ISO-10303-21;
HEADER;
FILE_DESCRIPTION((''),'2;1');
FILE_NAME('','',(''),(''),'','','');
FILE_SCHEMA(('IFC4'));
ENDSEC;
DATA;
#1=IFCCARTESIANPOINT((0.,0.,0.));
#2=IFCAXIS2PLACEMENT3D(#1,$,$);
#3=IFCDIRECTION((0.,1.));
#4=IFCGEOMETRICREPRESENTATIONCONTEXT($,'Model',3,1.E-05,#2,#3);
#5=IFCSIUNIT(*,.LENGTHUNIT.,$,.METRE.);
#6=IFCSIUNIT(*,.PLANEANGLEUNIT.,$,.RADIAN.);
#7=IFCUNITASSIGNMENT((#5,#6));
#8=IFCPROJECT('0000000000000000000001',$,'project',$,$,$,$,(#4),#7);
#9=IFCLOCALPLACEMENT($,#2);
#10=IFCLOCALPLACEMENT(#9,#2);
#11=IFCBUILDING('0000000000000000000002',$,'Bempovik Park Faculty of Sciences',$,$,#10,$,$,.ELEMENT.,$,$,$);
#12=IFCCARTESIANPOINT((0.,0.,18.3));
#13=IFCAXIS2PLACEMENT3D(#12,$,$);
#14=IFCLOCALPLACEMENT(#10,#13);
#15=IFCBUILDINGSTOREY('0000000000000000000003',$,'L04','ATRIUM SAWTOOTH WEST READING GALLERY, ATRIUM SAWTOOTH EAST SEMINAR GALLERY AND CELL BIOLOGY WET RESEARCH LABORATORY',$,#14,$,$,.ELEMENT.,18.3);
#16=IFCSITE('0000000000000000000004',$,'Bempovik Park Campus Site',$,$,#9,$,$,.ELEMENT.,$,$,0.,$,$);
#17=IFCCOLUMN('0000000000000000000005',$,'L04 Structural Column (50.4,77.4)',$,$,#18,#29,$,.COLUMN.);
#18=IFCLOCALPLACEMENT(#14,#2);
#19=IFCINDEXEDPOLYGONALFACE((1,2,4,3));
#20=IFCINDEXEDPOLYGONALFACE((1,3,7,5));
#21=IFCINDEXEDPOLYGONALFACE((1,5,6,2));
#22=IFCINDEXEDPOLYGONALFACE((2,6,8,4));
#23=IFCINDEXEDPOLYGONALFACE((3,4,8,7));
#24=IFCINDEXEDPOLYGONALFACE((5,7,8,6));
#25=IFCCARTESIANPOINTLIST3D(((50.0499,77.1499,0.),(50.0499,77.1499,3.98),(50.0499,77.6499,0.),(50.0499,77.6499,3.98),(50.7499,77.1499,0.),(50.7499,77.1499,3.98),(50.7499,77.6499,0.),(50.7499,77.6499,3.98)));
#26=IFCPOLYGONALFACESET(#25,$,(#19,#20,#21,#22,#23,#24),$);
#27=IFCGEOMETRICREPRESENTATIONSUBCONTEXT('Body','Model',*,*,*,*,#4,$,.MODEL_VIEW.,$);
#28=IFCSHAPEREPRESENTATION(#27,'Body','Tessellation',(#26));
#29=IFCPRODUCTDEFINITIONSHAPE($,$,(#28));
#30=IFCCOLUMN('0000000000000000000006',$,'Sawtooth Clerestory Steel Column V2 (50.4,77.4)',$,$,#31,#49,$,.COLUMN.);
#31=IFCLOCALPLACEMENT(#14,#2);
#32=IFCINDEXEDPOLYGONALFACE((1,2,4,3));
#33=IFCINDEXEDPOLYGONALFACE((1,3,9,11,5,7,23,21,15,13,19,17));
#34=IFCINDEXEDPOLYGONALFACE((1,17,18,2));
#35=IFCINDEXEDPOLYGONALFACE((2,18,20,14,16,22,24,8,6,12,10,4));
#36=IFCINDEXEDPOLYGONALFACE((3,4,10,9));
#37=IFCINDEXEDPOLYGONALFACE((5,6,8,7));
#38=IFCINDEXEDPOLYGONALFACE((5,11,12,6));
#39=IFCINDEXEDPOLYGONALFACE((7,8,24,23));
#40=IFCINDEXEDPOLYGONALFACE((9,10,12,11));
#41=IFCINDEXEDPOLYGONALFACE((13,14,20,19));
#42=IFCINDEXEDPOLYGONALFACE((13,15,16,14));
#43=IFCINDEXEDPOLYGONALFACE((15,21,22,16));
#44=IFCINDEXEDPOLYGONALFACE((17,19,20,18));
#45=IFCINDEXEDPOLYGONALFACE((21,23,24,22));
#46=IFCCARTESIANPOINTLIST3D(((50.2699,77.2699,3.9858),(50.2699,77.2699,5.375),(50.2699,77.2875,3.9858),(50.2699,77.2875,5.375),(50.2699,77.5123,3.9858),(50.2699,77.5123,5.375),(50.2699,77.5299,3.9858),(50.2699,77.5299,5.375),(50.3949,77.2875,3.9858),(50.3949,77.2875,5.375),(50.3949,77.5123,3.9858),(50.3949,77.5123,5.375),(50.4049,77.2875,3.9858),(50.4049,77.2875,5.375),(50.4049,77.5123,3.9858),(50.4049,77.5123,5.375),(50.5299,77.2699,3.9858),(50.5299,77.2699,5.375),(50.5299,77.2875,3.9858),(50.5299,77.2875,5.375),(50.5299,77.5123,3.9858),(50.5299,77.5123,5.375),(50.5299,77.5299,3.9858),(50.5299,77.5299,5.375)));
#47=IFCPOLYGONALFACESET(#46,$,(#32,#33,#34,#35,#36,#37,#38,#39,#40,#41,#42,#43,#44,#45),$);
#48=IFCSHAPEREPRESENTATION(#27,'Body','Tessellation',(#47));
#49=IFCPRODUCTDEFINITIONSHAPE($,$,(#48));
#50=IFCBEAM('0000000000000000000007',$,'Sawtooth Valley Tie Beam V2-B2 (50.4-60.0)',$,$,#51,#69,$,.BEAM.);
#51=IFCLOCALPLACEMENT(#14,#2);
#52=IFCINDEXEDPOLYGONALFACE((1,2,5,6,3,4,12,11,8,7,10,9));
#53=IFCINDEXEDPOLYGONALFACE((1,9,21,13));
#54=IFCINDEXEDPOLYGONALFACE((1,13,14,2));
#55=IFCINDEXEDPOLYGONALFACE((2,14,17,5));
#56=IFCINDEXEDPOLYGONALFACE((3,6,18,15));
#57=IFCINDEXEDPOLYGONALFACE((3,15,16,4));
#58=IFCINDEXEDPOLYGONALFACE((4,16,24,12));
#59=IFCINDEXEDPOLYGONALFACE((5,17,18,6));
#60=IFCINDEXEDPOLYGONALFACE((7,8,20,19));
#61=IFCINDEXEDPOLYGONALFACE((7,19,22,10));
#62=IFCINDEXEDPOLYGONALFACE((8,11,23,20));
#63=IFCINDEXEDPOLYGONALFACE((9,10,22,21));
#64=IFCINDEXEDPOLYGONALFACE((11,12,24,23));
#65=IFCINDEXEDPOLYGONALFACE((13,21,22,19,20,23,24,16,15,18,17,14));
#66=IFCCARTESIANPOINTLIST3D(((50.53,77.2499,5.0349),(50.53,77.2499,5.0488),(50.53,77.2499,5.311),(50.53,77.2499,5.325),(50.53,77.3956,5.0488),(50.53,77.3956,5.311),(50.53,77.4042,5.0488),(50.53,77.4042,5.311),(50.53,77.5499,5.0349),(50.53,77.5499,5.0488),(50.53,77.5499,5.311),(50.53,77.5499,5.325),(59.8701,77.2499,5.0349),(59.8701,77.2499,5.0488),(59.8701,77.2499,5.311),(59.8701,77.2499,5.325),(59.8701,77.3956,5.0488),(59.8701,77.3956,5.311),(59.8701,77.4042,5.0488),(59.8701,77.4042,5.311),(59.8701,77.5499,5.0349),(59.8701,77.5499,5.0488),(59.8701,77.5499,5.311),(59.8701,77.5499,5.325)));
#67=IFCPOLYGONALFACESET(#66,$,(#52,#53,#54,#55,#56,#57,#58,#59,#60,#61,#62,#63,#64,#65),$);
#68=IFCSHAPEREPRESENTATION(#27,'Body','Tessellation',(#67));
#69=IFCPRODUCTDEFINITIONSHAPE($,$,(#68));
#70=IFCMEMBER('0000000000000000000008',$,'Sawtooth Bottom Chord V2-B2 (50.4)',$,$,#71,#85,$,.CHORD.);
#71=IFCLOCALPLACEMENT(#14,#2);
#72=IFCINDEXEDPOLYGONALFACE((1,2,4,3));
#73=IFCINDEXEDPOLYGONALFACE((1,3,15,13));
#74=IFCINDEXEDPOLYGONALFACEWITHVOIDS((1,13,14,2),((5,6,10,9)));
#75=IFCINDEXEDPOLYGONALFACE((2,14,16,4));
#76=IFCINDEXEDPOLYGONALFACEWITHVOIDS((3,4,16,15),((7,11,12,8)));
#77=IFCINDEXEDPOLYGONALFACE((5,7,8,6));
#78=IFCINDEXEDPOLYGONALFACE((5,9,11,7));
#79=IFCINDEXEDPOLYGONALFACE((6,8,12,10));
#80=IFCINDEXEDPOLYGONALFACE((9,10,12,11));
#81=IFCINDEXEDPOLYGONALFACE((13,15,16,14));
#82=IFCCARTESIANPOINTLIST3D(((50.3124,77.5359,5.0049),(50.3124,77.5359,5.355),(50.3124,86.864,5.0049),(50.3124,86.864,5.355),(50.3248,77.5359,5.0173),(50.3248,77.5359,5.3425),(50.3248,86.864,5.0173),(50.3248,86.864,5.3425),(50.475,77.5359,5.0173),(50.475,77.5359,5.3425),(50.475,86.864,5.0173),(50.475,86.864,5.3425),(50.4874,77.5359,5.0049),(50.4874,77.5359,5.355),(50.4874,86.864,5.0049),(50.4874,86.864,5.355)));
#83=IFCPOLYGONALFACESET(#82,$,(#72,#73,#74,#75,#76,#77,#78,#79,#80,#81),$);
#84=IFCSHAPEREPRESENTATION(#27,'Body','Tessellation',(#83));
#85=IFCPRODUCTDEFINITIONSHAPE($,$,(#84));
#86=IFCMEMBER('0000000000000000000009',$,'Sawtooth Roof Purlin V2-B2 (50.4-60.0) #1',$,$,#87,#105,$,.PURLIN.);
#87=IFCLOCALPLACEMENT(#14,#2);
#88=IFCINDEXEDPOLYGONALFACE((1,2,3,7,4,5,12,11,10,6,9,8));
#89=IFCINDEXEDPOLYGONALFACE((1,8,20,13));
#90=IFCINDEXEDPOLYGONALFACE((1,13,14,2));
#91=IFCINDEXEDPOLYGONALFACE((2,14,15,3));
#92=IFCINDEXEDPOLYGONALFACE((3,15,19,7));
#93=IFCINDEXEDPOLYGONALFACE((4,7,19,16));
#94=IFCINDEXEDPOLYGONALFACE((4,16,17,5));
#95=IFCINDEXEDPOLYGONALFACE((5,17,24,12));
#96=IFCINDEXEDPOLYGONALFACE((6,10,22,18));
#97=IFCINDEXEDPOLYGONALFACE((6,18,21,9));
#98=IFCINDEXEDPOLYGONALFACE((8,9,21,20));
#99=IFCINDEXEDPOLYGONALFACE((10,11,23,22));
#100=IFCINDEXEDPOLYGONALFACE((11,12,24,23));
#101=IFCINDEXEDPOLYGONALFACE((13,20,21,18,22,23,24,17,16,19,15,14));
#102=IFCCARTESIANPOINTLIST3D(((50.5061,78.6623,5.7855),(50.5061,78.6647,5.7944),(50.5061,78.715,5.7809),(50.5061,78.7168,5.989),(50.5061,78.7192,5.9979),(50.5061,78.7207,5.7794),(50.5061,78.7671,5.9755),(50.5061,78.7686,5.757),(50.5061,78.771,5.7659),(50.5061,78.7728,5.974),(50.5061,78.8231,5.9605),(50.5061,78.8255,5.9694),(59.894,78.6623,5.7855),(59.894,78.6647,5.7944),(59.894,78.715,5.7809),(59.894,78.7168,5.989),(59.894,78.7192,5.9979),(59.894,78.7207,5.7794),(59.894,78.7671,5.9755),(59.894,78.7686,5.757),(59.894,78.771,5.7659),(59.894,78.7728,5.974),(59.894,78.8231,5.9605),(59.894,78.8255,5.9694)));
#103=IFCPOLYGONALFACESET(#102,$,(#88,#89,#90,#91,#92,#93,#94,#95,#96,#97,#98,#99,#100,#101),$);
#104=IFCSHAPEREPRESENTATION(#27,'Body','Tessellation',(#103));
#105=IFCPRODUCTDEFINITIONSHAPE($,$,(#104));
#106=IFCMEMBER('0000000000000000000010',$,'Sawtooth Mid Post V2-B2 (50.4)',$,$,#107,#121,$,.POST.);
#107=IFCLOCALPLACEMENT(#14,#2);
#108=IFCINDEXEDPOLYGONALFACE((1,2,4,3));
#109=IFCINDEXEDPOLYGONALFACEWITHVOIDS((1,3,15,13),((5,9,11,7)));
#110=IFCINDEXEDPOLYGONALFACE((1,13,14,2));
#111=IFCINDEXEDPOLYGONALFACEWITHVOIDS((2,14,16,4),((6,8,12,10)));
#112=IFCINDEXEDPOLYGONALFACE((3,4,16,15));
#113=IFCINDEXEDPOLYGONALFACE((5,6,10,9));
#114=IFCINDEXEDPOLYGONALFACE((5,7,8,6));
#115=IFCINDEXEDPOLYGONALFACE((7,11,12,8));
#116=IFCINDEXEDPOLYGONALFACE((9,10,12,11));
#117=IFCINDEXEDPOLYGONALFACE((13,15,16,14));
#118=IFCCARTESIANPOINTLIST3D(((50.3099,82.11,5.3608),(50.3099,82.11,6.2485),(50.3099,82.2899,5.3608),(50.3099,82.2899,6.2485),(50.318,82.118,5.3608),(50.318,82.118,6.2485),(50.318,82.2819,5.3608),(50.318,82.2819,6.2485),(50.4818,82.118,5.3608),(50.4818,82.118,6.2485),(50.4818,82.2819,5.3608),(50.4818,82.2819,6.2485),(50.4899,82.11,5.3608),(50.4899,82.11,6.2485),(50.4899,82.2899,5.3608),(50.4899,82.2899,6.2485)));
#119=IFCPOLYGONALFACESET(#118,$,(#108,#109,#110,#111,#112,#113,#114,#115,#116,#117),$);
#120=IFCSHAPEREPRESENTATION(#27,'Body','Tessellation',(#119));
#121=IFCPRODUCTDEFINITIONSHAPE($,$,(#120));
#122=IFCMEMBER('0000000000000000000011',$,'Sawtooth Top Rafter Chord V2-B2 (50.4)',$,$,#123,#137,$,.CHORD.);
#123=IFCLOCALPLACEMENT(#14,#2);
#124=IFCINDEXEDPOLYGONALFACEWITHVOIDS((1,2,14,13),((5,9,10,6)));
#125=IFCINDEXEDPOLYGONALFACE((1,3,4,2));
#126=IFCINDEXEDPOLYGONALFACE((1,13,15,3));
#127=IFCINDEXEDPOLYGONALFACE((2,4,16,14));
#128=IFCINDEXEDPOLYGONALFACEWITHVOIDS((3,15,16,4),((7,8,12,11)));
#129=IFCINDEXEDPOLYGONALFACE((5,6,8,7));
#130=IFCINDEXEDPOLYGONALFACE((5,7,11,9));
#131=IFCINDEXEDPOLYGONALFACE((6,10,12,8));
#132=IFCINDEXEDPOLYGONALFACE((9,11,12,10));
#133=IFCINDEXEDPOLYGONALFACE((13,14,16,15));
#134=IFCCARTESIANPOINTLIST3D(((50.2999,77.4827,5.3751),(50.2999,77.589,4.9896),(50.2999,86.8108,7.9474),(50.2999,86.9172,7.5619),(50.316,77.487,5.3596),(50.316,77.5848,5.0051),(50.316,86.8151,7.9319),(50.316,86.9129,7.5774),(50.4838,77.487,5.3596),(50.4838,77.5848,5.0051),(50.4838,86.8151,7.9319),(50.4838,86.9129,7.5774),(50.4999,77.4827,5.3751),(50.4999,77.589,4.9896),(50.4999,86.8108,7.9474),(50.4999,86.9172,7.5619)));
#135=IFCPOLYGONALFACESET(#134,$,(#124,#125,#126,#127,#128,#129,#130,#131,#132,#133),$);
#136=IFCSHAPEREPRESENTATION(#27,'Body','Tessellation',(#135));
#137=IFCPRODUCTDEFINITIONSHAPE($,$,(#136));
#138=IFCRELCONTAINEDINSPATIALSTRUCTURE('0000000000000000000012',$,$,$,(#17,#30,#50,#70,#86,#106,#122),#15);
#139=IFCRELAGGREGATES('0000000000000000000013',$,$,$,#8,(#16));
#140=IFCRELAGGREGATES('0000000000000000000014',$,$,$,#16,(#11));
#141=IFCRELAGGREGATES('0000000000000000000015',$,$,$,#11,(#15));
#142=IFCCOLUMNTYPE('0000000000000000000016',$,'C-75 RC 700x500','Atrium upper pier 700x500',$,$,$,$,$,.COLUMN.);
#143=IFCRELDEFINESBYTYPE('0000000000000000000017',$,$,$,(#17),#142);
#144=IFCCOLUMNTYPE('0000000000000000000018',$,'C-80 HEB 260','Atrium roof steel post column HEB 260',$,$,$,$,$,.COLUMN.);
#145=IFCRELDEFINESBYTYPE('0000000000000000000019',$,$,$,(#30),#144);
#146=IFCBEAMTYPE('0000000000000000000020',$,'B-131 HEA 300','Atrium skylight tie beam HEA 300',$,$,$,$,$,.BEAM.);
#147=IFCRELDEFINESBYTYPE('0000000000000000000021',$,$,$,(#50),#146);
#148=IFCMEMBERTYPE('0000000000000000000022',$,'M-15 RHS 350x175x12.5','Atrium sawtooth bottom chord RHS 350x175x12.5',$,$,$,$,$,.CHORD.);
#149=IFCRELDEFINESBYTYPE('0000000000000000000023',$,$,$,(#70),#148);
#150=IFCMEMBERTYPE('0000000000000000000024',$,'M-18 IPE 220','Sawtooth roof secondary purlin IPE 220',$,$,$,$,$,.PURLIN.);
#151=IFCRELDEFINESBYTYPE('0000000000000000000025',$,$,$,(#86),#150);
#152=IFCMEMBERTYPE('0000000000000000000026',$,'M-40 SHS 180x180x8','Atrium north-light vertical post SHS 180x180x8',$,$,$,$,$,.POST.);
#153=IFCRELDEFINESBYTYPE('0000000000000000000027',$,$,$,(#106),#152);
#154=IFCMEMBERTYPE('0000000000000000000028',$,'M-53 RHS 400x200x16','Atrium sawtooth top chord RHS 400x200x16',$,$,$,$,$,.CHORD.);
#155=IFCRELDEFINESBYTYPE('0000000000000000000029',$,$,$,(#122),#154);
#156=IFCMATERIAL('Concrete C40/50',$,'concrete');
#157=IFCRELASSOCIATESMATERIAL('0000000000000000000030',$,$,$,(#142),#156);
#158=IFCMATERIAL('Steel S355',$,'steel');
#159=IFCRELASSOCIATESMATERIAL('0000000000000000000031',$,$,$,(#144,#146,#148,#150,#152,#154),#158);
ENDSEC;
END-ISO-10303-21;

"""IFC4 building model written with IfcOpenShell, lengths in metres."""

from ifc_helpers import new_model, si_unit, direction, frame, origin, origin_2d, place, context, subcontext, project, spatial, rectangle, hollow_rectangle, i_section, extrude, material, material_profile, profile_set, type_object, element, save


model = new_model("IFC4")

# Units and contexts
model_context = context("Model", 3, precision=1e-05, world=origin(), true_north=direction((0.0, 1.0)))
body_context = subcontext(model_context, "Body", "Model", "MODEL_VIEW")
ifc_project = project(units=[si_unit("LENGTHUNIT", "METRE"), si_unit("PLANEANGLEUNIT", "RADIAN")], contexts=[model_context])

# Site, building, storey
site_placement = place(None, origin())
site = spatial("IfcSite", under=ifc_project, at=site_placement, Name="Bempovik Park Campus Site", CompositionType="ELEMENT", RefElevation=0.0)
building_placement = place(site_placement, origin())
building = spatial("IfcBuilding", under=site, at=building_placement, Name="Bempovik Park Faculty of Sciences", CompositionType="ELEMENT")
storey_placement = place(building_placement, frame((0.0, 0.0, 18.3)))
storey = spatial("IfcBuildingStorey", under=building, at=storey_placement, Name="L04", Description="ATRIUM SAWTOOTH WEST READING GALLERY, ATRIUM SAWTOOTH EAST SEMINAR GALLERY AND CELL BIOLOGY WET RESEARCH LABORATORY", CompositionType="ELEMENT", Elevation=18.3)

# Columns
ifc_material_1 = material(Name="Concrete C40/50", Category="concrete")
ifc_material_profile_1 = material_profile(ifc_material_1, rectangle(XDim=0.7, YDim=0.5, at=origin_2d()), Name="RC 700x500")
ifc_profile_set_1 = profile_set([ifc_material_profile_1], Name="Concrete C40/50")
column_type_1 = type_object("IfcColumnType", Name="C-75 RC 700x500", Description="Atrium upper pier 700x500", PredefinedType="COLUMN", material=ifc_profile_set_1)
column_1_placement = place(storey_placement, frame((50.3999, 77.3999, 0.0), z_axis=(0.0, 0.0, 1.0), x_axis=(1.0, 0.0, 0.0)))
element("IfcColumn", 1, at=column_1_placement, inside=storey, type_object=column_type_1, Name="L04 Structural Column (50.4,77.4)", PredefinedType="COLUMN", context=body_context, shape_type="SweptSolid", body=[
    extrude(rectangle(XDim=0.7, YDim=0.5, at=origin_2d()), origin(), (0.0, 0.0, 1.0), 3.98),
])
ifc_material_2 = material(Name="Steel S355", Category="steel")
ifc_material_profile_2 = material_profile(ifc_material_2, i_section(OverallWidth=0.26, OverallDepth=0.26, WebThickness=0.01, FlangeThickness=0.0176, at=origin_2d()), Name="HEB 260")
ifc_profile_set_2 = profile_set([ifc_material_profile_2], Name="Steel S355")
column_type_2 = type_object("IfcColumnType", Name="C-80 HEB 260", Description="Atrium roof steel post column HEB 260", PredefinedType="COLUMN", material=ifc_profile_set_2)
column_2_placement = place(storey_placement, frame((50.3999, 77.3999, 3.9858), z_axis=(0.0, 0.0, 1.0), x_axis=(1.0, 0.0, 0.0)))
element("IfcColumn", 2, at=column_2_placement, inside=storey, type_object=column_type_2, Name="Sawtooth Clerestory Steel Column V2 (50.4,77.4)", PredefinedType="COLUMN", context=body_context, shape_type="SweptSolid", body=[
    extrude(i_section(OverallWidth=0.26, OverallDepth=0.26, WebThickness=0.01, FlangeThickness=0.0176, at=origin_2d()), origin(), (0.0, 0.0, 1.0), 1.3892),
])

# Beam
ifc_material_profile_3 = material_profile(ifc_material_2, i_section(OverallWidth=0.3, OverallDepth=0.29, WebThickness=0.0085, FlangeThickness=0.0139, at=origin_2d()), Name="HEA 300")
ifc_profile_set_3 = profile_set([ifc_material_profile_3], Name="Steel S355")
beam_type = type_object("IfcBeamType", Name="B-131 HEA 300", Description="Atrium skylight tie beam HEA 300", PredefinedType="BEAM", material=ifc_profile_set_3)
beam_placement = place(storey_placement, frame((50.53, 77.3999, 5.1799), z_axis=(1.0, 0.0, 0.0), x_axis=(0.0, 1.0, 0.0)))
element("IfcBeam", 3, at=beam_placement, inside=storey, type_object=beam_type, Name="Sawtooth Valley Tie Beam V2-B2 (50.4-60.0)", PredefinedType="BEAM", context=body_context, shape_type="SweptSolid", body=[
    extrude(i_section(OverallWidth=0.3, OverallDepth=0.29, WebThickness=0.0085, FlangeThickness=0.0139, at=origin_2d()), origin(), (0.0, 0.0, 1.0), 9.3401),
])

# Members
ifc_material_profile_4 = material_profile(ifc_material_2, hollow_rectangle(XDim=0.175, YDim=0.3501, WallThickness=0.0125, at=origin_2d()), Name="RHS 350x175x12.5")
ifc_profile_set_4 = profile_set([ifc_material_profile_4], Name="Steel S355")
member_type_1 = type_object("IfcMemberType", Name="M-15 RHS 350x175x12.5", Description="Atrium sawtooth bottom chord RHS 350x175x12.5", PredefinedType="CHORD", material=ifc_profile_set_4)
member_1_placement = place(storey_placement, frame((50.3999, 77.5359, 5.1799), z_axis=(0.0, 1.0, 0.0), x_axis=(-1.0, 0.0, 0.0)))
element("IfcMember", 4, at=member_1_placement, inside=storey, type_object=member_type_1, Name="Sawtooth Bottom Chord V2-B2 (50.4)", PredefinedType="CHORD", context=body_context, shape_type="SweptSolid", body=[
    extrude(hollow_rectangle(XDim=0.175, YDim=0.3501, WallThickness=0.0125, at=origin_2d()), origin(), (0.0, 0.0, 1.0), 9.3281),
])
ifc_material_profile_5 = material_profile(ifc_material_2, i_section(OverallWidth=0.1101, OverallDepth=0.22, WebThickness=0.0059, FlangeThickness=0.0093, at=origin_2d()), Name="IPE 220")
ifc_profile_set_5 = profile_set([ifc_material_profile_5], Name="Steel S355")
member_type_2 = type_object("IfcMemberType", Name="M-18 IPE 220", Description="Sawtooth roof secondary purlin IPE 220", PredefinedType="PURLIN", material=ifc_profile_set_5)
member_2_placement = place(storey_placement, frame((50.5061, 78.7439, 5.8774), z_axis=(1.0, 0.0, 0.0), x_axis=(0.0, 0.965926, -0.258819)))
element("IfcMember", 5, at=member_2_placement, inside=storey, type_object=member_type_2, Name="Sawtooth Roof Purlin V2-B2 (50.4-60.0) #1", PredefinedType="PURLIN", context=body_context, shape_type="SweptSolid", body=[
    extrude(i_section(OverallWidth=0.1101, OverallDepth=0.22, WebThickness=0.0059, FlangeThickness=0.0093, at=origin_2d()), origin(), (0.0, 0.0, 1.0), 9.3879),
])
ifc_material_profile_6 = material_profile(ifc_material_2, hollow_rectangle(XDim=0.1799, YDim=0.1799, WallThickness=0.0081, at=origin_2d()), Name="SHS 180x180x8")
ifc_profile_set_6 = profile_set([ifc_material_profile_6], Name="Steel S355")
member_type_3 = type_object("IfcMemberType", Name="M-40 SHS 180x180x8", Description="Atrium north-light vertical post SHS 180x180x8", PredefinedType="POST", material=ifc_profile_set_6)
member_3_placement = place(storey_placement, frame((50.3999, 82.2, 5.3608), z_axis=(0.0, 0.0, 1.0), x_axis=(1.0, 0.0, 0.0)))
element("IfcMember", 6, at=member_3_placement, inside=storey, type_object=member_type_3, Name="Sawtooth Mid Post V2-B2 (50.4)", PredefinedType="POST", context=body_context, shape_type="SweptSolid", body=[
    extrude(hollow_rectangle(XDim=0.1799, YDim=0.1799, WallThickness=0.0081, at=origin_2d()), origin(), (0.0, 0.0, 1.0), 0.8877),
])
ifc_material_profile_7 = material_profile(ifc_material_2, hollow_rectangle(XDim=0.2, YDim=0.3999, WallThickness=0.0161, at=origin_2d()), Name="RHS 400x200x16")
ifc_profile_set_7 = profile_set([ifc_material_profile_7], Name="Steel S355")
member_type_4 = type_object("IfcMemberType", Name="M-53 RHS 400x200x16", Description="Atrium sawtooth top chord RHS 400x200x16", PredefinedType="CHORD", material=ifc_profile_set_7)
member_4_placement = place(storey_placement, frame((50.3999, 77.5359, 5.1824), z_axis=(0.0, 0.964019, 0.265832), x_axis=(-1.0, 0.0, 0.0)))
element("IfcMember", 7, at=member_4_placement, inside=storey, type_object=member_type_4, Name="Sawtooth Top Rafter Chord V2-B2 (50.4)", PredefinedType="CHORD", context=body_context, shape_type="SweptSolid", body=[
    extrude(hollow_rectangle(XDim=0.2, YDim=0.3999, WallThickness=0.0161, at=origin_2d()), origin(), (0.0, 0.0, 1.0), 9.6763),
])

save(model, "model.ifc")
